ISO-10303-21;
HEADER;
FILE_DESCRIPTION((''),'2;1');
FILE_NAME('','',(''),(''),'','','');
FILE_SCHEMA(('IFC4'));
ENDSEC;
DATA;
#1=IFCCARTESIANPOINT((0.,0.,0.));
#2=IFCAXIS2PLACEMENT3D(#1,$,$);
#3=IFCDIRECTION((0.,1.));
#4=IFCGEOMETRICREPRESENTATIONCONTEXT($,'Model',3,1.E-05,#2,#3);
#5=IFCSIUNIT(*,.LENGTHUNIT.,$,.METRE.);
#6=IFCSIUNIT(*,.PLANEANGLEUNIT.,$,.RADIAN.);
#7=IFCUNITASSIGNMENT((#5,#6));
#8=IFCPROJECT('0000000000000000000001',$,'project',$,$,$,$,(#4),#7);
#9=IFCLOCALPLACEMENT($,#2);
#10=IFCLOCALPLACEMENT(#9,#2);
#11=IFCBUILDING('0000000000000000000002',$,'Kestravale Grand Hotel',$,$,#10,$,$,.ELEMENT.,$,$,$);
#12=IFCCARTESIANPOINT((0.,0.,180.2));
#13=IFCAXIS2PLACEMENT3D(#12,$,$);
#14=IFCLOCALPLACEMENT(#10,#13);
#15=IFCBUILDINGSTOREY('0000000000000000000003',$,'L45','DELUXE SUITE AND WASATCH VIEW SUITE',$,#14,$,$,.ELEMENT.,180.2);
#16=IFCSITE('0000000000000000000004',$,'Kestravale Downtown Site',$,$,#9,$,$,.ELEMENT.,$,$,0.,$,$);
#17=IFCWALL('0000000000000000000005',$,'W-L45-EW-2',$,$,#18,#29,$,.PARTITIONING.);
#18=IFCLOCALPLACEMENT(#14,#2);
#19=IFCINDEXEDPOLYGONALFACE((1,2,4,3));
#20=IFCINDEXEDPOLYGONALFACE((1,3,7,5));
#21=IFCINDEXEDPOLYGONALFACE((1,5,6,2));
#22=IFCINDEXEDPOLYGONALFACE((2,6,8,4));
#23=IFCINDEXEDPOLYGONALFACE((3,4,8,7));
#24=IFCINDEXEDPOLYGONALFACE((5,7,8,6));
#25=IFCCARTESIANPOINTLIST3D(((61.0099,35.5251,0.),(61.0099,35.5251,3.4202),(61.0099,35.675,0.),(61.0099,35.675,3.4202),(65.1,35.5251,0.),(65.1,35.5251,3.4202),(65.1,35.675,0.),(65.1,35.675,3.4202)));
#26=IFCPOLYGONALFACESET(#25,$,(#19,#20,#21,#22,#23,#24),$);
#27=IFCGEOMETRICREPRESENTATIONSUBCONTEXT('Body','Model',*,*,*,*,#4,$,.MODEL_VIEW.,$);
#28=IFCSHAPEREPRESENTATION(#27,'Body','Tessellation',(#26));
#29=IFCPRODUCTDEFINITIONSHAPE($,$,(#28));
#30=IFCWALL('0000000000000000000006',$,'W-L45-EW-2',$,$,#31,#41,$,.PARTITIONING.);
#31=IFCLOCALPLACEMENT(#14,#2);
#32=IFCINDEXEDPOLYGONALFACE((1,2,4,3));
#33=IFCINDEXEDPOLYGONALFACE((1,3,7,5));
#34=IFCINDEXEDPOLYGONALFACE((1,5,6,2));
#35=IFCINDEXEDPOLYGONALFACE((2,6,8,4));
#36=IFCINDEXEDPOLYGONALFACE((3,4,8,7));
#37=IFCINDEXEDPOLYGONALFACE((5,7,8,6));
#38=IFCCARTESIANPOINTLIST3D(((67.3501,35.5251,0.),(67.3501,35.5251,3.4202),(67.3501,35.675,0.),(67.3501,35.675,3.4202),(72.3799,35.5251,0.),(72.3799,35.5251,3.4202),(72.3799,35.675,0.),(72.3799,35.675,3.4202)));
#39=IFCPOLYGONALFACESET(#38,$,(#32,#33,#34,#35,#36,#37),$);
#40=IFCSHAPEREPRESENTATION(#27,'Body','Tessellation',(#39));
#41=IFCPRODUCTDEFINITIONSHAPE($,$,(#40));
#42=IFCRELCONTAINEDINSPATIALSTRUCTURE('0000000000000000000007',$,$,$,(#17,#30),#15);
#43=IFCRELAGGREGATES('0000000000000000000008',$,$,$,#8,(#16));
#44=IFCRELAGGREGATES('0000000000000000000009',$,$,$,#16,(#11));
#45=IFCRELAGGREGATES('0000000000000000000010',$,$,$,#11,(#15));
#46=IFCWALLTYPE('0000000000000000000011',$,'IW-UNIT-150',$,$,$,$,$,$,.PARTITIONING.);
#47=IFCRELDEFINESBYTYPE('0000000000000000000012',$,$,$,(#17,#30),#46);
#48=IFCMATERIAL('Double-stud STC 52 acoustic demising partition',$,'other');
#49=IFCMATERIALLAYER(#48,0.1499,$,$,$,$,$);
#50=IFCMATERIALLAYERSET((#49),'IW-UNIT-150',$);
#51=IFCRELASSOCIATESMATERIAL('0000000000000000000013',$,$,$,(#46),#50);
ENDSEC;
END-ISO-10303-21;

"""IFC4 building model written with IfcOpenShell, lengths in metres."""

from ifc_helpers import new_model, si_unit, direction, frame, frame_2d, origin, place, context, subcontext, project, spatial, rectangle, extrude, material, layer, layer_set, type_object, element, save


model = new_model("IFC4")

# Units and contexts
model_context = context("Model", 3, precision=1e-05, world=origin(), true_north=direction((0.0, 1.0)))
body_context = subcontext(model_context, "Body", "Model", "MODEL_VIEW")
ifc_project = project(units=[si_unit("LENGTHUNIT", "METRE"), si_unit("PLANEANGLEUNIT", "RADIAN")], contexts=[model_context])

# Site, building, storey
site_placement = place(None, origin())
site = spatial("IfcSite", under=ifc_project, at=site_placement, Name="Kestravale Downtown Site", CompositionType="ELEMENT", RefElevation=0.0)
building_placement = place(site_placement, origin())
building = spatial("IfcBuilding", under=site, at=building_placement, Name="Kestravale Grand Hotel", CompositionType="ELEMENT")
storey_placement = place(building_placement, frame((0.0, 0.0, 180.2)))
storey = spatial("IfcBuildingStorey", under=building, at=storey_placement, Name="L45", Description="DELUXE SUITE AND WASATCH VIEW SUITE", CompositionType="ELEMENT", Elevation=180.2)

# Shared definitions
ifc_material_1 = material(Name="Double-stud STC 52 acoustic demising partition", Category="other")
ifc_layer_1 = layer(ifc_material_1, 0.1499)
ifc_layer_set_1 = layer_set([ifc_layer_1], Name="IW-UNIT-150")
wall_type_1 = type_object("IfcWallType", Name="IW-UNIT-150", PredefinedType="PARTITIONING", material=ifc_layer_set_1)

# Walls
wall_1_placement = place(storey_placement, frame((61.01, 35.6001, 0.0), z_axis=(0.0, 0.0, 1.0), x_axis=(1.0, 0.0, 0.0)))
element("IfcWall", 1, at=wall_1_placement, inside=storey, type_object=wall_type_1, Name="W-L45-EW-2", PredefinedType="PARTITIONING", context=body_context, shape_type="SweptSolid", body=[
    extrude(rectangle(XDim=4.0901, YDim=0.1499, at=frame_2d((2.0449, 0.0))), origin(), (0.0, 0.0, 1.0), 3.4202),
])
wall_2_placement = place(storey_placement, frame((67.3501, 35.6001, 0.0), z_axis=(0.0, 0.0, 1.0), x_axis=(1.0, 0.0, 0.0)))
element("IfcWall", 2, at=wall_2_placement, inside=storey, type_object=wall_type_1, Name="W-L45-EW-2", PredefinedType="PARTITIONING", context=body_context, shape_type="SweptSolid", body=[
    extrude(rectangle(XDim=5.0298, YDim=0.1499, at=frame_2d((2.5149, 0.0))), origin(), (0.0, 0.0, 1.0), 3.4202),
])

save(model, "model.ifc")
